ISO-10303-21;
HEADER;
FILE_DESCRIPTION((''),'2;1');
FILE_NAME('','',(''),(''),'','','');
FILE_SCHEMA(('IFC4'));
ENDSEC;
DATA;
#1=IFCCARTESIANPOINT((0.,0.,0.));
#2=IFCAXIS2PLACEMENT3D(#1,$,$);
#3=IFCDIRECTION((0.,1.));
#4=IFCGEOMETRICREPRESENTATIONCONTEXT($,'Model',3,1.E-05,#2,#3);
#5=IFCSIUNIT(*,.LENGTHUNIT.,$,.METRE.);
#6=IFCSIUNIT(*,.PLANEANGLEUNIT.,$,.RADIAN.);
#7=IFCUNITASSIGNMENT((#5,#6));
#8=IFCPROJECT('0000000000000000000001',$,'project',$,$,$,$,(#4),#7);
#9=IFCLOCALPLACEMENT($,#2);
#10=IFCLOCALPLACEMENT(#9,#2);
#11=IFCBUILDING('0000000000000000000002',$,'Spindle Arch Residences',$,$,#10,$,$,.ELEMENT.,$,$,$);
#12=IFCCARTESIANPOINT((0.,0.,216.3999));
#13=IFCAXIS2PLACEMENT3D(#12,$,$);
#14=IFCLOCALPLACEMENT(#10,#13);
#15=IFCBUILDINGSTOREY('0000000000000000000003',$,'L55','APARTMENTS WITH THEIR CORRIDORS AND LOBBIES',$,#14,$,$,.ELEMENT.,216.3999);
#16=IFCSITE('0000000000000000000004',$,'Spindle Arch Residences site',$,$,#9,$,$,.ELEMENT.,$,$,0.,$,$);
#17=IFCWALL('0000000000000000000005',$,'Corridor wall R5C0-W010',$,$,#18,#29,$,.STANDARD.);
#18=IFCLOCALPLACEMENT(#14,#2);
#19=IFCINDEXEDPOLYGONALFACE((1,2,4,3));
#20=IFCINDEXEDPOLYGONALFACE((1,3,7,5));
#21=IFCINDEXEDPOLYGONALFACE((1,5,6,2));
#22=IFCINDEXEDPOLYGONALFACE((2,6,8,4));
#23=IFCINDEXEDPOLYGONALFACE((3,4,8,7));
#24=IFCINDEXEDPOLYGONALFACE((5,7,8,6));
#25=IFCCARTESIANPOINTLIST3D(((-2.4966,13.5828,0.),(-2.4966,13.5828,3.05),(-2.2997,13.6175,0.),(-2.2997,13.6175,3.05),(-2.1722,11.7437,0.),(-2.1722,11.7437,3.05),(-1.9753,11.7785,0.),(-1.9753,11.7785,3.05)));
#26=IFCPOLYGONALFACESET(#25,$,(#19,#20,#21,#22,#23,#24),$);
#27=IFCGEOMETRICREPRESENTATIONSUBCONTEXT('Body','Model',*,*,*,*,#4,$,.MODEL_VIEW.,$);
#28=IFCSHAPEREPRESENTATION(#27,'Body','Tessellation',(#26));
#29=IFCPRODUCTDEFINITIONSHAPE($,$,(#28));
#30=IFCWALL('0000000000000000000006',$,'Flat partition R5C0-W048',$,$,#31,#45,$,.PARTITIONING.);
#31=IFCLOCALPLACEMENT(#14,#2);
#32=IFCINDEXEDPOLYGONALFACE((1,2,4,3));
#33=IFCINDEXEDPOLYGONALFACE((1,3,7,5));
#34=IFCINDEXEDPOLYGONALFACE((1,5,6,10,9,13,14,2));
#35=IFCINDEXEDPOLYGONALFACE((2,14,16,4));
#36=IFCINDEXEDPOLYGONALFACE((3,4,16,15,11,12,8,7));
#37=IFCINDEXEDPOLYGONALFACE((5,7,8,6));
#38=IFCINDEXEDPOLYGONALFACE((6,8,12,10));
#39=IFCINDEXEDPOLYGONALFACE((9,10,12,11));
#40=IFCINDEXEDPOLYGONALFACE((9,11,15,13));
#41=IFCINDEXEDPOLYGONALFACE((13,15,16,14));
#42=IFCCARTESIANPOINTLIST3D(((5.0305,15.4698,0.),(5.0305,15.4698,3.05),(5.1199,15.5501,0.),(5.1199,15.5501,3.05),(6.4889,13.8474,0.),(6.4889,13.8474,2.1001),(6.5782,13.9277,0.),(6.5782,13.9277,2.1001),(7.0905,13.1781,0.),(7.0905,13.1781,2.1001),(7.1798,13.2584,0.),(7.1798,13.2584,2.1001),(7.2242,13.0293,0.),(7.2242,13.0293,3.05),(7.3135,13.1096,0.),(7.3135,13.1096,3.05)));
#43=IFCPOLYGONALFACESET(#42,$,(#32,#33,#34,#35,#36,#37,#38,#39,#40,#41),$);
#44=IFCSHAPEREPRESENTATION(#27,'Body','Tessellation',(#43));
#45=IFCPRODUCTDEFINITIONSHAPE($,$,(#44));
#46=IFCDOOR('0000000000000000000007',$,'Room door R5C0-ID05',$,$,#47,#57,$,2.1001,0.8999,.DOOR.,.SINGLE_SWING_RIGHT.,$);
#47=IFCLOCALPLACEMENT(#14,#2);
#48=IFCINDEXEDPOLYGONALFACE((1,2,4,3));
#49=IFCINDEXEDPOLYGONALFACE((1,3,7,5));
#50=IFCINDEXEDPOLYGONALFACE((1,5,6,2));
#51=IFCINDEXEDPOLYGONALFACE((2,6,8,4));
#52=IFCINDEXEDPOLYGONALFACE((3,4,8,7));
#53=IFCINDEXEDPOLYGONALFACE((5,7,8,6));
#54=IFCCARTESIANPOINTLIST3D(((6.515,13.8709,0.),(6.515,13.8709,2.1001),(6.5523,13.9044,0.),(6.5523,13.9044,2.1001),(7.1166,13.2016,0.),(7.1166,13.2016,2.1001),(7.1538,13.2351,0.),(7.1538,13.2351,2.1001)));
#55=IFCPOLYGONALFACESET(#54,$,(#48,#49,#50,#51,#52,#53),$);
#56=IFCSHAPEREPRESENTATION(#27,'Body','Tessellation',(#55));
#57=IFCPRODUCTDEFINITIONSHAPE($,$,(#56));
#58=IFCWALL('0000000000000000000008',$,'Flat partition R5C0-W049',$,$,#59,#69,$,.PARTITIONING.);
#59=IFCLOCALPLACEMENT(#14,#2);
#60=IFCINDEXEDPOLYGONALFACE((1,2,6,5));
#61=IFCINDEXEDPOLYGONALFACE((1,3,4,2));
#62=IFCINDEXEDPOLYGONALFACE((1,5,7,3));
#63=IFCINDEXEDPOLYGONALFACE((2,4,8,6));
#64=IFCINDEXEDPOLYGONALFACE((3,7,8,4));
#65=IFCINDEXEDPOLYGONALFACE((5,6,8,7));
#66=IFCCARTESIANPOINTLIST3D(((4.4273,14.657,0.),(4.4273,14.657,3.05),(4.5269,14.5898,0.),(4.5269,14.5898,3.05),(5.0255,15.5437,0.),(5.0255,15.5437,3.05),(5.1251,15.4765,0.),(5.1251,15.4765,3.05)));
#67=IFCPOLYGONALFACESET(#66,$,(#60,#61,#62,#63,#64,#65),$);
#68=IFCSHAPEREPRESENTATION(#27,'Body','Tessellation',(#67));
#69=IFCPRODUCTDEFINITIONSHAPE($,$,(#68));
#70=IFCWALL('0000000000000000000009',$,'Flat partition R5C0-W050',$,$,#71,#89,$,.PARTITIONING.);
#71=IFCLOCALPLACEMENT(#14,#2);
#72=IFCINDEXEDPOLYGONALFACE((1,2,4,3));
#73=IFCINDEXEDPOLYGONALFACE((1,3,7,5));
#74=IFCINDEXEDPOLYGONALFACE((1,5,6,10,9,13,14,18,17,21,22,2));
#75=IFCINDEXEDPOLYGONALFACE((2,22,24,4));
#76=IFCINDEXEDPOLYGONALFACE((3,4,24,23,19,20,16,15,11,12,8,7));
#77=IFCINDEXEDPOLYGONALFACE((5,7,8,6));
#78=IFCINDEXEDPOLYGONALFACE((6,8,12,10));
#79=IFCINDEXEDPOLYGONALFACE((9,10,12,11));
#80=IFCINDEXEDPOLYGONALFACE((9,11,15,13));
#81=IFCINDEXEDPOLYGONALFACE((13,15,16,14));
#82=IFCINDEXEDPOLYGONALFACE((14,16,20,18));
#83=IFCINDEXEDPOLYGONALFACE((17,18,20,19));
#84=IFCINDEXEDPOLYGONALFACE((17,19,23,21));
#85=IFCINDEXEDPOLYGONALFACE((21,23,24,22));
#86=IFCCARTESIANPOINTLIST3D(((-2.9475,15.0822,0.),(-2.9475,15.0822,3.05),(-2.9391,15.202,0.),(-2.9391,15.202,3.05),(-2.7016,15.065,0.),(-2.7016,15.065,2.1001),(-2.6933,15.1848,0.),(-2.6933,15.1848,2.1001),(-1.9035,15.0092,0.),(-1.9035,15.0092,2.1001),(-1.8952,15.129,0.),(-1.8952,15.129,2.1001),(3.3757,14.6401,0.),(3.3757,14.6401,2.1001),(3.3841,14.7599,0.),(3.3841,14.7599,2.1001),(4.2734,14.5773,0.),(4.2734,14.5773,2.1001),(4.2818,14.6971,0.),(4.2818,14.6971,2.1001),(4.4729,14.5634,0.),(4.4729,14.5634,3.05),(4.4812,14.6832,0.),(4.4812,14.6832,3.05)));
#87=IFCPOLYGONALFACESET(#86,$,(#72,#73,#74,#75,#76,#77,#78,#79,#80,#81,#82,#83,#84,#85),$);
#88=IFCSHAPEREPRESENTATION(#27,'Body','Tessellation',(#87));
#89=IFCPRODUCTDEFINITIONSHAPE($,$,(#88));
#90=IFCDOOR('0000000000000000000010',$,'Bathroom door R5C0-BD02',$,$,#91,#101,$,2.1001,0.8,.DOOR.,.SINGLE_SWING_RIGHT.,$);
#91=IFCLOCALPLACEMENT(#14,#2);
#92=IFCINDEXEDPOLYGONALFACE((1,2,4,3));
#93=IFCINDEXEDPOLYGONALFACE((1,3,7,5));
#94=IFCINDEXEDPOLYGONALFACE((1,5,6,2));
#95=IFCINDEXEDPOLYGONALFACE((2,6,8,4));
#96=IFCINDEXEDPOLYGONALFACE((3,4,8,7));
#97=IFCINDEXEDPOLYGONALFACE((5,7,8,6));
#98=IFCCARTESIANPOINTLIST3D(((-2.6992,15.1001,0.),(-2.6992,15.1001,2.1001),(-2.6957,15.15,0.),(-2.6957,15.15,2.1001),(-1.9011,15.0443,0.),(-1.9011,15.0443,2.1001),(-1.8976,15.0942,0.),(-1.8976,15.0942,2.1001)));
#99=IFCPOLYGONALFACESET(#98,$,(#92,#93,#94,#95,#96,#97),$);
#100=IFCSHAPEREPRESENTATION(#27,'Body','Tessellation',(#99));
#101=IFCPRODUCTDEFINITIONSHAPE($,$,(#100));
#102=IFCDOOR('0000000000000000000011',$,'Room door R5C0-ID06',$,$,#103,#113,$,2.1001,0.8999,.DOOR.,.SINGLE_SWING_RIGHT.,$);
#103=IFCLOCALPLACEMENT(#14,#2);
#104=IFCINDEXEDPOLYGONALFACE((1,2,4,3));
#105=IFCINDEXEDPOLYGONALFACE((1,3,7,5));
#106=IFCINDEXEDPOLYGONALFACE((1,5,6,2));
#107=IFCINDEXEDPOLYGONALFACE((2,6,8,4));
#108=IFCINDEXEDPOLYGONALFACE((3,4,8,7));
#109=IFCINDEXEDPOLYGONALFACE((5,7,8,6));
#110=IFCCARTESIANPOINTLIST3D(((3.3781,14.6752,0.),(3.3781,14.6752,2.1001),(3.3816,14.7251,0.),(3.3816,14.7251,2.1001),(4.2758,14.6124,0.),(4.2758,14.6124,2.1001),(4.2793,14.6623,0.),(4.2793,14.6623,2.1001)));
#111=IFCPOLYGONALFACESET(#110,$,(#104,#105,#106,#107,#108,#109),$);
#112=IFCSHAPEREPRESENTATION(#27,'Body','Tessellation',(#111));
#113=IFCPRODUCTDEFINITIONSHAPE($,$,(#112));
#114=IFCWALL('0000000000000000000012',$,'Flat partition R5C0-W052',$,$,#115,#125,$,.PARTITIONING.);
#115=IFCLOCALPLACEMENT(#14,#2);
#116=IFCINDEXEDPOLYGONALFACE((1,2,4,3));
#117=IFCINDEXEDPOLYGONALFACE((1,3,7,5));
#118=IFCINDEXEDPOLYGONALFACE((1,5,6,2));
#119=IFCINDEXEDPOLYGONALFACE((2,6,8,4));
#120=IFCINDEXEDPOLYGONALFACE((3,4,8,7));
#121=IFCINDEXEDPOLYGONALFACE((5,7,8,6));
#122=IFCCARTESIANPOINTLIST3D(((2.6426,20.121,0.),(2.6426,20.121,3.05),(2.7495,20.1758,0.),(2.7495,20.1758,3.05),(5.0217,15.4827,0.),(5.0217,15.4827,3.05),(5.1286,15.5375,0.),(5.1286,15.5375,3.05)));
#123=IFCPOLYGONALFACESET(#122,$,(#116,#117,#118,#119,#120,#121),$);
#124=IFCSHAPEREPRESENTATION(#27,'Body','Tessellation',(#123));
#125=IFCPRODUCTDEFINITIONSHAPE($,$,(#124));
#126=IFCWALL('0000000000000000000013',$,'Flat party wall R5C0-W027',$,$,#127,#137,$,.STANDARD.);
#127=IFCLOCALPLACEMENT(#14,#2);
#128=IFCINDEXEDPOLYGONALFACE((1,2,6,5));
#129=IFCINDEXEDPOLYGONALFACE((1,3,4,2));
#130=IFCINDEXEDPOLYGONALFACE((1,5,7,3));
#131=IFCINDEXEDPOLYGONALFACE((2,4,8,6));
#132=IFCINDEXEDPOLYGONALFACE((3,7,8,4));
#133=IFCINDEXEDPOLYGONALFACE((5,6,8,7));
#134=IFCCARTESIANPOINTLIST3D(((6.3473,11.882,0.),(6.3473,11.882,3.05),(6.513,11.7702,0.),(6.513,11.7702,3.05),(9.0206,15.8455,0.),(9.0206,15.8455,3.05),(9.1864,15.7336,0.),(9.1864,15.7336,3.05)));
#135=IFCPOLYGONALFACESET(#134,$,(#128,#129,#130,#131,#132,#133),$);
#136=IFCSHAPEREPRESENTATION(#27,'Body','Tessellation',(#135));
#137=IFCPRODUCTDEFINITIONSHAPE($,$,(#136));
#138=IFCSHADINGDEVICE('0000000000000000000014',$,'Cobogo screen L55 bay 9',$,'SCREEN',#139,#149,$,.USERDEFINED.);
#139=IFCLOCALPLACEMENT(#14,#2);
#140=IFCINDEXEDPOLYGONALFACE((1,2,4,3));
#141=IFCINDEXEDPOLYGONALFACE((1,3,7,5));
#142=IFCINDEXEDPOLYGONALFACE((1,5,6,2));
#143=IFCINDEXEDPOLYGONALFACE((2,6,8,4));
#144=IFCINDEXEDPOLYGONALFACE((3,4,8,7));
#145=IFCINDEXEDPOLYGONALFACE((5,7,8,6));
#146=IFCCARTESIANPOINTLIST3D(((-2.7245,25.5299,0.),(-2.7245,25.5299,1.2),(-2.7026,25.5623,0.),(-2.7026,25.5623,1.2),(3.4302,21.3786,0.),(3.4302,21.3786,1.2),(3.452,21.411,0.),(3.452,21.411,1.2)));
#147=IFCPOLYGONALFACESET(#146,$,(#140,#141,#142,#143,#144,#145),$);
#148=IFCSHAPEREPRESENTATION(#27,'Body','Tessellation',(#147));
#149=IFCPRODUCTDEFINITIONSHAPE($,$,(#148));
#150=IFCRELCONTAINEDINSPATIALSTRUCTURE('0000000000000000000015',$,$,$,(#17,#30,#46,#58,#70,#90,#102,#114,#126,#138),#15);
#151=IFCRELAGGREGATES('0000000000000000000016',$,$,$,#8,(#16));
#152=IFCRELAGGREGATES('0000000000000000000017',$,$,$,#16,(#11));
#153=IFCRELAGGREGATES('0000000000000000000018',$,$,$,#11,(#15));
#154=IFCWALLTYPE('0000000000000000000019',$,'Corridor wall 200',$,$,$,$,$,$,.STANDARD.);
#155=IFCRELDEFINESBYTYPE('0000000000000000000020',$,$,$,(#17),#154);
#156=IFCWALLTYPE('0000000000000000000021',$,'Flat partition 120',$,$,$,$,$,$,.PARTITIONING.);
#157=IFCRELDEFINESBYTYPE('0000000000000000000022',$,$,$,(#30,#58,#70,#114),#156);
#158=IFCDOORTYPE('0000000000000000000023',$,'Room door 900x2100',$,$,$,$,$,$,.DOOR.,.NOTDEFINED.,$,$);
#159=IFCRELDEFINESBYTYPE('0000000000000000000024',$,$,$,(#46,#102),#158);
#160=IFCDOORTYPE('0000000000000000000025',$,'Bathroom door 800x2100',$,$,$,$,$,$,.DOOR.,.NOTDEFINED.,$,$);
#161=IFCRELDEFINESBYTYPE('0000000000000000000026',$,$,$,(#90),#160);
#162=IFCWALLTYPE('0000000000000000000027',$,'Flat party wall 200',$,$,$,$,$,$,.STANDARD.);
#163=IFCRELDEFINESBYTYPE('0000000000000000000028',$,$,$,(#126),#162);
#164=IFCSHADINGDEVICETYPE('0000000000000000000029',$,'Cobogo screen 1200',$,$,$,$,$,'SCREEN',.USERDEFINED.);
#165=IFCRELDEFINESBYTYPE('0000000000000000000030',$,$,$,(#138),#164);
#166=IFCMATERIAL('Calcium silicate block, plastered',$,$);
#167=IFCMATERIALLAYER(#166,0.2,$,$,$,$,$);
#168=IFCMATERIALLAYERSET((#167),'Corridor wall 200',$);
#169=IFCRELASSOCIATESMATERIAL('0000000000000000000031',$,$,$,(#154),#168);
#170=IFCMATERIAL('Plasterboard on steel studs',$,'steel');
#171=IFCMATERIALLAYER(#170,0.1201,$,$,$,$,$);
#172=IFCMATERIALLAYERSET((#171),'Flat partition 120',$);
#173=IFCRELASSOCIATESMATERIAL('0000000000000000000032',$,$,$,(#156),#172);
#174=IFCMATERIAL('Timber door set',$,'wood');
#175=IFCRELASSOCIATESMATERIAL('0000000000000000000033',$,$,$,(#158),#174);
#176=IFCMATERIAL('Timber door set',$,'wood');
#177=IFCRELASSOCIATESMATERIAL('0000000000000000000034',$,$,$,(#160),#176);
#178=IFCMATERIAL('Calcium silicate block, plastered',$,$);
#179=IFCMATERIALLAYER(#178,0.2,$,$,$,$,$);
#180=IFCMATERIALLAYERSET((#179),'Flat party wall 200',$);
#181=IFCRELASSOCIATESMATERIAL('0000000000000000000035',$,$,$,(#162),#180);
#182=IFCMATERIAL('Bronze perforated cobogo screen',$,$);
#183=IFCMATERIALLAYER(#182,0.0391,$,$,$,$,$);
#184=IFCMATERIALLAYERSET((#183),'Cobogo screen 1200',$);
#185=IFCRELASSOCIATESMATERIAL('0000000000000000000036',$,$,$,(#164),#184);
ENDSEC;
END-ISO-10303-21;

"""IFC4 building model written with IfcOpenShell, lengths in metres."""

from ifc_helpers import new_model, si_unit, direction, frame, frame_2d, origin, origin_2d, place, context, subcontext, project, spatial, rectangle, extrude, material, layer, layer_set, type_object, element, fill, save


model = new_model("IFC4")

# Units and contexts
model_context = context("Model", 3, precision=1e-05, world=origin(), true_north=direction((0.0, 1.0)))
body_context = subcontext(model_context, "Body", "Model", "MODEL_VIEW")
ifc_project = project(units=[si_unit("LENGTHUNIT", "METRE"), si_unit("PLANEANGLEUNIT", "RADIAN")], contexts=[model_context])

# Site, building, storey
site_placement = place(None, origin())
site = spatial("IfcSite", under=ifc_project, at=site_placement, Name="Spindle Arch Residences site", CompositionType="ELEMENT", RefElevation=0.0)
building_placement = place(site_placement, origin())
building = spatial("IfcBuilding", under=site, at=building_placement, Name="Spindle Arch Residences", CompositionType="ELEMENT")
storey_placement = place(building_placement, frame((0.0, 0.0, 216.3999)))
storey = spatial("IfcBuildingStorey", under=building, at=storey_placement, Name="L55", Description="APARTMENTS WITH THEIR CORRIDORS AND LOBBIES", CompositionType="ELEMENT", Elevation=216.3999)

# Wall
ifc_material_1 = material(Name="Calcium silicate block, plastered")
ifc_layer_1 = layer(ifc_material_1, 0.2)
ifc_layer_set_1 = layer_set([ifc_layer_1], Name="Corridor wall 200")
wall_type_1 = type_object("IfcWallType", Name="Corridor wall 200", PredefinedType="STANDARD", material=ifc_layer_set_1)
wall_1_placement = place(storey_placement, frame((-2.0737, 11.7612, 0.0), z_axis=(0.0, 0.0, 1.0), x_axis=(-0.173741, 0.984791, 0.0)))
element("IfcWall", 1, at=wall_1_placement, inside=storey, type_object=wall_type_1, Name="Corridor wall R5C0-W010", PredefinedType="STANDARD", context=body_context, shape_type="SweptSolid", body=[
    extrude(rectangle(XDim=1.8674, YDim=0.2, at=frame_2d((0.9336, 0.0))), origin(), (0.0, 0.0, 1.0), 3.05),
])

# Wall, opening, door
ifc_material_2 = material(Name="Plasterboard on steel studs", Category="steel")
ifc_layer_2 = layer(ifc_material_2, 0.1201)
ifc_layer_set_2 = layer_set([ifc_layer_2], Name="Flat partition 120")
wall_type_2 = type_object("IfcWallType", Name="Flat partition 120", PredefinedType="PARTITIONING", material=ifc_layer_set_2)
wall_2_placement = place(storey_placement, frame((7.2688, 13.0696, 0.0), z_axis=(0.0, 0.0, 1.0), x_axis=(-0.668496, 0.743716, 0.0)))
wall_2 = element("IfcWall", 2, at=wall_2_placement, inside=storey, type_object=wall_type_2, Name="Flat partition R5C0-W048", PredefinedType="PARTITIONING", context=body_context, shape_type="SweptSolid", body=[
    extrude(rectangle(XDim=3.2815, YDim=0.1201, at=frame_2d((1.6406, 0.0))), origin(), (0.0, 0.0, 1.0), 3.05),
])
opening_1_placement = place(wall_2_placement, frame((0.2, 0.0, 0.0)))
opening_1 = element("IfcOpeningElement", 3, at=opening_1_placement, cuts=wall_2, PredefinedType="OPENING", context=body_context, shape_type="SweptSolid", body=[
    extrude(rectangle(XDim=0.8999, YDim=2.1001, at=frame_2d((0.45, 1.05))), frame((0.0, 0.0701, 0.0), z_axis=(0.0, -1.0, 0.0), x_axis=(1.0, 0.0, 0.0)), (0.0, 0.0, 1.0), 0.1401),
])
ifc_material_3 = material(Name="Timber door set", Category="wood")
door_type_1 = type_object("IfcDoorType", Name="Room door 900x2100", OperationType="NOTDEFINED", PredefinedType="DOOR", material=ifc_material_3)
door_1_placement = place(opening_1_placement, origin())
door_1 = element("IfcDoor", 4, at=door_1_placement, inside=storey, type_object=door_type_1, Name="Room door R5C0-ID05", OperationType="SINGLE_SWING_RIGHT", OverallHeight=2.1001, OverallWidth=0.8999, PredefinedType="DOOR", context=body_context, shape_type="SweptSolid", body=[
    extrude(rectangle(XDim=0.8999, YDim=2.1001, at=frame_2d((0.45, 1.05))), frame((0.0, 0.0249, 0.0), z_axis=(0.0, -1.0, 0.0), x_axis=(1.0, 0.0, 0.0)), (0.0, 0.0, 1.0), 0.05),
])
fill(opening_1, door_1)

# Wall
wall_3_placement = place(storey_placement, frame((5.0752, 15.51, 0.0), z_axis=(0.0, 0.0, 1.0), x_axis=(-0.559222, -0.829018, 0.0)))
element("IfcWall", 5, at=wall_3_placement, inside=storey, type_object=wall_type_2, Name="Flat partition R5C0-W049", PredefinedType="PARTITIONING", context=body_context, shape_type="SweptSolid", body=[
    extrude(rectangle(XDim=1.0696, YDim=0.1201, at=frame_2d((0.5347, 0.0))), origin(), (0.0, 0.0, 1.0), 3.05),
])

# Wall, openings, doors
wall_4_placement = place(storey_placement, frame((4.4771, 14.6233, 0.0), z_axis=(0.0, 0.0, 1.0), x_axis=(-0.997565, 0.069745, 0.0)))
wall_4 = element("IfcWall", 6, at=wall_4_placement, inside=storey, type_object=wall_type_2, Name="Flat partition R5C0-W050", PredefinedType="PARTITIONING", context=body_context, shape_type="SweptSolid", body=[
    extrude(rectangle(XDim=7.4385, YDim=0.1201, at=frame_2d((3.7192, 0.0))), origin(), (0.0, 0.0, 1.0), 3.05),
])
opening_2_placement = place(wall_4_placement, frame((0.2, 0.0, 0.0)))
opening_2 = element("IfcOpeningElement", 7, at=opening_2_placement, cuts=wall_4, PredefinedType="OPENING", context=body_context, shape_type="SweptSolid", body=[
    extrude(rectangle(XDim=0.8999, YDim=2.1001, at=frame_2d((0.45, 1.05))), frame((0.0, 0.0701, 0.0), z_axis=(0.0, -1.0, 0.0), x_axis=(1.0, 0.0, 0.0)), (0.0, 0.0, 1.0), 0.1401),
])
opening_3_placement = place(wall_4_placement, frame((6.3921, 0.0, 0.0)))
opening_3 = element("IfcOpeningElement", 8, at=opening_3_placement, cuts=wall_4, PredefinedType="OPENING", context=body_context, shape_type="SweptSolid", body=[
    extrude(rectangle(XDim=0.8, YDim=2.1001, at=frame_2d((0.3999, 1.05))), frame((0.0, 0.0701, 0.0), z_axis=(0.0, -1.0, 0.0), x_axis=(1.0, 0.0, 0.0)), (0.0, 0.0, 1.0), 0.1401),
])
ifc_material_4 = material(Name="Timber door set", Category="wood")
door_type_2 = type_object("IfcDoorType", Name="Bathroom door 800x2100", OperationType="NOTDEFINED", PredefinedType="DOOR", material=ifc_material_4)
door_2_placement = place(opening_3_placement, origin())
door_2 = element("IfcDoor", 9, at=door_2_placement, inside=storey, type_object=door_type_2, Name="Bathroom door R5C0-BD02", OperationType="SINGLE_SWING_RIGHT", OverallHeight=2.1001, OverallWidth=0.8, PredefinedType="DOOR", context=body_context, shape_type="SweptSolid", body=[
    extrude(rectangle(XDim=0.8, YDim=2.1001, at=frame_2d((0.3999, 1.05))), frame((0.0, 0.0249, 0.0), z_axis=(0.0, -1.0, 0.0), x_axis=(1.0, 0.0, 0.0)), (0.0, 0.0, 1.0), 0.05),
])
fill(opening_3, door_2)
door_3_placement = place(opening_2_placement, origin())
door_3 = element("IfcDoor", 10, at=door_3_placement, inside=storey, type_object=door_type_1, Name="Room door R5C0-ID06", OperationType="SINGLE_SWING_RIGHT", OverallHeight=2.1001, OverallWidth=0.8999, PredefinedType="DOOR", context=body_context, shape_type="SweptSolid", body=[
    extrude(rectangle(XDim=0.8999, YDim=2.1001, at=frame_2d((0.45, 1.05))), frame((0.0, 0.0249, 0.0), z_axis=(0.0, -1.0, 0.0), x_axis=(1.0, 0.0, 0.0)), (0.0, 0.0, 1.0), 0.05),
])
fill(opening_2, door_3)

# Walls
wall_5_placement = place(storey_placement, frame((2.696, 20.1484, 0.0), z_axis=(0.0, 0.0, 1.0), x_axis=(0.456388, -0.889781, 0.0)))
element("IfcWall", 11, at=wall_5_placement, inside=storey, type_object=wall_type_2, Name="Flat partition R5C0-W052", PredefinedType="PARTITIONING", context=body_context, shape_type="SweptSolid", body=[
    extrude(rectangle(XDim=5.2129, YDim=0.1201, at=frame_2d((2.6064, 0.0))), origin(), (0.0, 0.0, 1.0), 3.05),
])
ifc_material_5 = material(Name="Calcium silicate block, plastered")
ifc_layer_3 = layer(ifc_material_5, 0.2)
ifc_layer_set_3 = layer_set([ifc_layer_3], Name="Flat party wall 200")
wall_type_3 = type_object("IfcWallType", Name="Flat party wall 200", PredefinedType="STANDARD", material=ifc_layer_set_3)
wall_6_placement = place(storey_placement, frame((9.1035, 15.7896, 0.0), z_axis=(0.0, 0.0, 1.0), x_axis=(-0.559194, -0.829037, 0.0)))
element("IfcWall", 12, at=wall_6_placement, inside=storey, type_object=wall_type_3, Name="Flat party wall R5C0-W027", PredefinedType="STANDARD", context=body_context, shape_type="SweptSolid", body=[
    extrude(rectangle(XDim=4.7808, YDim=0.2, at=frame_2d((2.3904, 0.0))), origin(), (0.0, 0.0, 1.0), 3.05),
])

# Shading device
ifc_material_6 = material(Name="Bronze perforated cobogo screen")
ifc_layer_4 = layer(ifc_material_6, 0.0391)
ifc_layer_set_4 = layer_set([ifc_layer_4], Name="Cobogo screen 1200")
shading_device_type = type_object("IfcShadingDeviceType", Name="Cobogo screen 1200", ElementType="SCREEN", PredefinedType="USERDEFINED", material=ifc_layer_set_4)
shading_device_placement = place(storey_placement, frame((0.3638, 23.4705, 0.0), z_axis=(0.0, 0.0, 1.0), x_axis=(-0.829038, 0.559193, 0.0)))
element("IfcShadingDevice", 13, at=shading_device_placement, inside=storey, type_object=shading_device_type, Name="Cobogo screen L55 bay 9", ObjectType="SCREEN", PredefinedType="USERDEFINED", context=body_context, shape_type="SweptSolid", body=[
    extrude(rectangle(XDim=7.4238, YDim=0.0391, at=origin_2d()), origin(), (0.0, 0.0, 1.0), 1.2),
])

save(model, "model.ifc")
